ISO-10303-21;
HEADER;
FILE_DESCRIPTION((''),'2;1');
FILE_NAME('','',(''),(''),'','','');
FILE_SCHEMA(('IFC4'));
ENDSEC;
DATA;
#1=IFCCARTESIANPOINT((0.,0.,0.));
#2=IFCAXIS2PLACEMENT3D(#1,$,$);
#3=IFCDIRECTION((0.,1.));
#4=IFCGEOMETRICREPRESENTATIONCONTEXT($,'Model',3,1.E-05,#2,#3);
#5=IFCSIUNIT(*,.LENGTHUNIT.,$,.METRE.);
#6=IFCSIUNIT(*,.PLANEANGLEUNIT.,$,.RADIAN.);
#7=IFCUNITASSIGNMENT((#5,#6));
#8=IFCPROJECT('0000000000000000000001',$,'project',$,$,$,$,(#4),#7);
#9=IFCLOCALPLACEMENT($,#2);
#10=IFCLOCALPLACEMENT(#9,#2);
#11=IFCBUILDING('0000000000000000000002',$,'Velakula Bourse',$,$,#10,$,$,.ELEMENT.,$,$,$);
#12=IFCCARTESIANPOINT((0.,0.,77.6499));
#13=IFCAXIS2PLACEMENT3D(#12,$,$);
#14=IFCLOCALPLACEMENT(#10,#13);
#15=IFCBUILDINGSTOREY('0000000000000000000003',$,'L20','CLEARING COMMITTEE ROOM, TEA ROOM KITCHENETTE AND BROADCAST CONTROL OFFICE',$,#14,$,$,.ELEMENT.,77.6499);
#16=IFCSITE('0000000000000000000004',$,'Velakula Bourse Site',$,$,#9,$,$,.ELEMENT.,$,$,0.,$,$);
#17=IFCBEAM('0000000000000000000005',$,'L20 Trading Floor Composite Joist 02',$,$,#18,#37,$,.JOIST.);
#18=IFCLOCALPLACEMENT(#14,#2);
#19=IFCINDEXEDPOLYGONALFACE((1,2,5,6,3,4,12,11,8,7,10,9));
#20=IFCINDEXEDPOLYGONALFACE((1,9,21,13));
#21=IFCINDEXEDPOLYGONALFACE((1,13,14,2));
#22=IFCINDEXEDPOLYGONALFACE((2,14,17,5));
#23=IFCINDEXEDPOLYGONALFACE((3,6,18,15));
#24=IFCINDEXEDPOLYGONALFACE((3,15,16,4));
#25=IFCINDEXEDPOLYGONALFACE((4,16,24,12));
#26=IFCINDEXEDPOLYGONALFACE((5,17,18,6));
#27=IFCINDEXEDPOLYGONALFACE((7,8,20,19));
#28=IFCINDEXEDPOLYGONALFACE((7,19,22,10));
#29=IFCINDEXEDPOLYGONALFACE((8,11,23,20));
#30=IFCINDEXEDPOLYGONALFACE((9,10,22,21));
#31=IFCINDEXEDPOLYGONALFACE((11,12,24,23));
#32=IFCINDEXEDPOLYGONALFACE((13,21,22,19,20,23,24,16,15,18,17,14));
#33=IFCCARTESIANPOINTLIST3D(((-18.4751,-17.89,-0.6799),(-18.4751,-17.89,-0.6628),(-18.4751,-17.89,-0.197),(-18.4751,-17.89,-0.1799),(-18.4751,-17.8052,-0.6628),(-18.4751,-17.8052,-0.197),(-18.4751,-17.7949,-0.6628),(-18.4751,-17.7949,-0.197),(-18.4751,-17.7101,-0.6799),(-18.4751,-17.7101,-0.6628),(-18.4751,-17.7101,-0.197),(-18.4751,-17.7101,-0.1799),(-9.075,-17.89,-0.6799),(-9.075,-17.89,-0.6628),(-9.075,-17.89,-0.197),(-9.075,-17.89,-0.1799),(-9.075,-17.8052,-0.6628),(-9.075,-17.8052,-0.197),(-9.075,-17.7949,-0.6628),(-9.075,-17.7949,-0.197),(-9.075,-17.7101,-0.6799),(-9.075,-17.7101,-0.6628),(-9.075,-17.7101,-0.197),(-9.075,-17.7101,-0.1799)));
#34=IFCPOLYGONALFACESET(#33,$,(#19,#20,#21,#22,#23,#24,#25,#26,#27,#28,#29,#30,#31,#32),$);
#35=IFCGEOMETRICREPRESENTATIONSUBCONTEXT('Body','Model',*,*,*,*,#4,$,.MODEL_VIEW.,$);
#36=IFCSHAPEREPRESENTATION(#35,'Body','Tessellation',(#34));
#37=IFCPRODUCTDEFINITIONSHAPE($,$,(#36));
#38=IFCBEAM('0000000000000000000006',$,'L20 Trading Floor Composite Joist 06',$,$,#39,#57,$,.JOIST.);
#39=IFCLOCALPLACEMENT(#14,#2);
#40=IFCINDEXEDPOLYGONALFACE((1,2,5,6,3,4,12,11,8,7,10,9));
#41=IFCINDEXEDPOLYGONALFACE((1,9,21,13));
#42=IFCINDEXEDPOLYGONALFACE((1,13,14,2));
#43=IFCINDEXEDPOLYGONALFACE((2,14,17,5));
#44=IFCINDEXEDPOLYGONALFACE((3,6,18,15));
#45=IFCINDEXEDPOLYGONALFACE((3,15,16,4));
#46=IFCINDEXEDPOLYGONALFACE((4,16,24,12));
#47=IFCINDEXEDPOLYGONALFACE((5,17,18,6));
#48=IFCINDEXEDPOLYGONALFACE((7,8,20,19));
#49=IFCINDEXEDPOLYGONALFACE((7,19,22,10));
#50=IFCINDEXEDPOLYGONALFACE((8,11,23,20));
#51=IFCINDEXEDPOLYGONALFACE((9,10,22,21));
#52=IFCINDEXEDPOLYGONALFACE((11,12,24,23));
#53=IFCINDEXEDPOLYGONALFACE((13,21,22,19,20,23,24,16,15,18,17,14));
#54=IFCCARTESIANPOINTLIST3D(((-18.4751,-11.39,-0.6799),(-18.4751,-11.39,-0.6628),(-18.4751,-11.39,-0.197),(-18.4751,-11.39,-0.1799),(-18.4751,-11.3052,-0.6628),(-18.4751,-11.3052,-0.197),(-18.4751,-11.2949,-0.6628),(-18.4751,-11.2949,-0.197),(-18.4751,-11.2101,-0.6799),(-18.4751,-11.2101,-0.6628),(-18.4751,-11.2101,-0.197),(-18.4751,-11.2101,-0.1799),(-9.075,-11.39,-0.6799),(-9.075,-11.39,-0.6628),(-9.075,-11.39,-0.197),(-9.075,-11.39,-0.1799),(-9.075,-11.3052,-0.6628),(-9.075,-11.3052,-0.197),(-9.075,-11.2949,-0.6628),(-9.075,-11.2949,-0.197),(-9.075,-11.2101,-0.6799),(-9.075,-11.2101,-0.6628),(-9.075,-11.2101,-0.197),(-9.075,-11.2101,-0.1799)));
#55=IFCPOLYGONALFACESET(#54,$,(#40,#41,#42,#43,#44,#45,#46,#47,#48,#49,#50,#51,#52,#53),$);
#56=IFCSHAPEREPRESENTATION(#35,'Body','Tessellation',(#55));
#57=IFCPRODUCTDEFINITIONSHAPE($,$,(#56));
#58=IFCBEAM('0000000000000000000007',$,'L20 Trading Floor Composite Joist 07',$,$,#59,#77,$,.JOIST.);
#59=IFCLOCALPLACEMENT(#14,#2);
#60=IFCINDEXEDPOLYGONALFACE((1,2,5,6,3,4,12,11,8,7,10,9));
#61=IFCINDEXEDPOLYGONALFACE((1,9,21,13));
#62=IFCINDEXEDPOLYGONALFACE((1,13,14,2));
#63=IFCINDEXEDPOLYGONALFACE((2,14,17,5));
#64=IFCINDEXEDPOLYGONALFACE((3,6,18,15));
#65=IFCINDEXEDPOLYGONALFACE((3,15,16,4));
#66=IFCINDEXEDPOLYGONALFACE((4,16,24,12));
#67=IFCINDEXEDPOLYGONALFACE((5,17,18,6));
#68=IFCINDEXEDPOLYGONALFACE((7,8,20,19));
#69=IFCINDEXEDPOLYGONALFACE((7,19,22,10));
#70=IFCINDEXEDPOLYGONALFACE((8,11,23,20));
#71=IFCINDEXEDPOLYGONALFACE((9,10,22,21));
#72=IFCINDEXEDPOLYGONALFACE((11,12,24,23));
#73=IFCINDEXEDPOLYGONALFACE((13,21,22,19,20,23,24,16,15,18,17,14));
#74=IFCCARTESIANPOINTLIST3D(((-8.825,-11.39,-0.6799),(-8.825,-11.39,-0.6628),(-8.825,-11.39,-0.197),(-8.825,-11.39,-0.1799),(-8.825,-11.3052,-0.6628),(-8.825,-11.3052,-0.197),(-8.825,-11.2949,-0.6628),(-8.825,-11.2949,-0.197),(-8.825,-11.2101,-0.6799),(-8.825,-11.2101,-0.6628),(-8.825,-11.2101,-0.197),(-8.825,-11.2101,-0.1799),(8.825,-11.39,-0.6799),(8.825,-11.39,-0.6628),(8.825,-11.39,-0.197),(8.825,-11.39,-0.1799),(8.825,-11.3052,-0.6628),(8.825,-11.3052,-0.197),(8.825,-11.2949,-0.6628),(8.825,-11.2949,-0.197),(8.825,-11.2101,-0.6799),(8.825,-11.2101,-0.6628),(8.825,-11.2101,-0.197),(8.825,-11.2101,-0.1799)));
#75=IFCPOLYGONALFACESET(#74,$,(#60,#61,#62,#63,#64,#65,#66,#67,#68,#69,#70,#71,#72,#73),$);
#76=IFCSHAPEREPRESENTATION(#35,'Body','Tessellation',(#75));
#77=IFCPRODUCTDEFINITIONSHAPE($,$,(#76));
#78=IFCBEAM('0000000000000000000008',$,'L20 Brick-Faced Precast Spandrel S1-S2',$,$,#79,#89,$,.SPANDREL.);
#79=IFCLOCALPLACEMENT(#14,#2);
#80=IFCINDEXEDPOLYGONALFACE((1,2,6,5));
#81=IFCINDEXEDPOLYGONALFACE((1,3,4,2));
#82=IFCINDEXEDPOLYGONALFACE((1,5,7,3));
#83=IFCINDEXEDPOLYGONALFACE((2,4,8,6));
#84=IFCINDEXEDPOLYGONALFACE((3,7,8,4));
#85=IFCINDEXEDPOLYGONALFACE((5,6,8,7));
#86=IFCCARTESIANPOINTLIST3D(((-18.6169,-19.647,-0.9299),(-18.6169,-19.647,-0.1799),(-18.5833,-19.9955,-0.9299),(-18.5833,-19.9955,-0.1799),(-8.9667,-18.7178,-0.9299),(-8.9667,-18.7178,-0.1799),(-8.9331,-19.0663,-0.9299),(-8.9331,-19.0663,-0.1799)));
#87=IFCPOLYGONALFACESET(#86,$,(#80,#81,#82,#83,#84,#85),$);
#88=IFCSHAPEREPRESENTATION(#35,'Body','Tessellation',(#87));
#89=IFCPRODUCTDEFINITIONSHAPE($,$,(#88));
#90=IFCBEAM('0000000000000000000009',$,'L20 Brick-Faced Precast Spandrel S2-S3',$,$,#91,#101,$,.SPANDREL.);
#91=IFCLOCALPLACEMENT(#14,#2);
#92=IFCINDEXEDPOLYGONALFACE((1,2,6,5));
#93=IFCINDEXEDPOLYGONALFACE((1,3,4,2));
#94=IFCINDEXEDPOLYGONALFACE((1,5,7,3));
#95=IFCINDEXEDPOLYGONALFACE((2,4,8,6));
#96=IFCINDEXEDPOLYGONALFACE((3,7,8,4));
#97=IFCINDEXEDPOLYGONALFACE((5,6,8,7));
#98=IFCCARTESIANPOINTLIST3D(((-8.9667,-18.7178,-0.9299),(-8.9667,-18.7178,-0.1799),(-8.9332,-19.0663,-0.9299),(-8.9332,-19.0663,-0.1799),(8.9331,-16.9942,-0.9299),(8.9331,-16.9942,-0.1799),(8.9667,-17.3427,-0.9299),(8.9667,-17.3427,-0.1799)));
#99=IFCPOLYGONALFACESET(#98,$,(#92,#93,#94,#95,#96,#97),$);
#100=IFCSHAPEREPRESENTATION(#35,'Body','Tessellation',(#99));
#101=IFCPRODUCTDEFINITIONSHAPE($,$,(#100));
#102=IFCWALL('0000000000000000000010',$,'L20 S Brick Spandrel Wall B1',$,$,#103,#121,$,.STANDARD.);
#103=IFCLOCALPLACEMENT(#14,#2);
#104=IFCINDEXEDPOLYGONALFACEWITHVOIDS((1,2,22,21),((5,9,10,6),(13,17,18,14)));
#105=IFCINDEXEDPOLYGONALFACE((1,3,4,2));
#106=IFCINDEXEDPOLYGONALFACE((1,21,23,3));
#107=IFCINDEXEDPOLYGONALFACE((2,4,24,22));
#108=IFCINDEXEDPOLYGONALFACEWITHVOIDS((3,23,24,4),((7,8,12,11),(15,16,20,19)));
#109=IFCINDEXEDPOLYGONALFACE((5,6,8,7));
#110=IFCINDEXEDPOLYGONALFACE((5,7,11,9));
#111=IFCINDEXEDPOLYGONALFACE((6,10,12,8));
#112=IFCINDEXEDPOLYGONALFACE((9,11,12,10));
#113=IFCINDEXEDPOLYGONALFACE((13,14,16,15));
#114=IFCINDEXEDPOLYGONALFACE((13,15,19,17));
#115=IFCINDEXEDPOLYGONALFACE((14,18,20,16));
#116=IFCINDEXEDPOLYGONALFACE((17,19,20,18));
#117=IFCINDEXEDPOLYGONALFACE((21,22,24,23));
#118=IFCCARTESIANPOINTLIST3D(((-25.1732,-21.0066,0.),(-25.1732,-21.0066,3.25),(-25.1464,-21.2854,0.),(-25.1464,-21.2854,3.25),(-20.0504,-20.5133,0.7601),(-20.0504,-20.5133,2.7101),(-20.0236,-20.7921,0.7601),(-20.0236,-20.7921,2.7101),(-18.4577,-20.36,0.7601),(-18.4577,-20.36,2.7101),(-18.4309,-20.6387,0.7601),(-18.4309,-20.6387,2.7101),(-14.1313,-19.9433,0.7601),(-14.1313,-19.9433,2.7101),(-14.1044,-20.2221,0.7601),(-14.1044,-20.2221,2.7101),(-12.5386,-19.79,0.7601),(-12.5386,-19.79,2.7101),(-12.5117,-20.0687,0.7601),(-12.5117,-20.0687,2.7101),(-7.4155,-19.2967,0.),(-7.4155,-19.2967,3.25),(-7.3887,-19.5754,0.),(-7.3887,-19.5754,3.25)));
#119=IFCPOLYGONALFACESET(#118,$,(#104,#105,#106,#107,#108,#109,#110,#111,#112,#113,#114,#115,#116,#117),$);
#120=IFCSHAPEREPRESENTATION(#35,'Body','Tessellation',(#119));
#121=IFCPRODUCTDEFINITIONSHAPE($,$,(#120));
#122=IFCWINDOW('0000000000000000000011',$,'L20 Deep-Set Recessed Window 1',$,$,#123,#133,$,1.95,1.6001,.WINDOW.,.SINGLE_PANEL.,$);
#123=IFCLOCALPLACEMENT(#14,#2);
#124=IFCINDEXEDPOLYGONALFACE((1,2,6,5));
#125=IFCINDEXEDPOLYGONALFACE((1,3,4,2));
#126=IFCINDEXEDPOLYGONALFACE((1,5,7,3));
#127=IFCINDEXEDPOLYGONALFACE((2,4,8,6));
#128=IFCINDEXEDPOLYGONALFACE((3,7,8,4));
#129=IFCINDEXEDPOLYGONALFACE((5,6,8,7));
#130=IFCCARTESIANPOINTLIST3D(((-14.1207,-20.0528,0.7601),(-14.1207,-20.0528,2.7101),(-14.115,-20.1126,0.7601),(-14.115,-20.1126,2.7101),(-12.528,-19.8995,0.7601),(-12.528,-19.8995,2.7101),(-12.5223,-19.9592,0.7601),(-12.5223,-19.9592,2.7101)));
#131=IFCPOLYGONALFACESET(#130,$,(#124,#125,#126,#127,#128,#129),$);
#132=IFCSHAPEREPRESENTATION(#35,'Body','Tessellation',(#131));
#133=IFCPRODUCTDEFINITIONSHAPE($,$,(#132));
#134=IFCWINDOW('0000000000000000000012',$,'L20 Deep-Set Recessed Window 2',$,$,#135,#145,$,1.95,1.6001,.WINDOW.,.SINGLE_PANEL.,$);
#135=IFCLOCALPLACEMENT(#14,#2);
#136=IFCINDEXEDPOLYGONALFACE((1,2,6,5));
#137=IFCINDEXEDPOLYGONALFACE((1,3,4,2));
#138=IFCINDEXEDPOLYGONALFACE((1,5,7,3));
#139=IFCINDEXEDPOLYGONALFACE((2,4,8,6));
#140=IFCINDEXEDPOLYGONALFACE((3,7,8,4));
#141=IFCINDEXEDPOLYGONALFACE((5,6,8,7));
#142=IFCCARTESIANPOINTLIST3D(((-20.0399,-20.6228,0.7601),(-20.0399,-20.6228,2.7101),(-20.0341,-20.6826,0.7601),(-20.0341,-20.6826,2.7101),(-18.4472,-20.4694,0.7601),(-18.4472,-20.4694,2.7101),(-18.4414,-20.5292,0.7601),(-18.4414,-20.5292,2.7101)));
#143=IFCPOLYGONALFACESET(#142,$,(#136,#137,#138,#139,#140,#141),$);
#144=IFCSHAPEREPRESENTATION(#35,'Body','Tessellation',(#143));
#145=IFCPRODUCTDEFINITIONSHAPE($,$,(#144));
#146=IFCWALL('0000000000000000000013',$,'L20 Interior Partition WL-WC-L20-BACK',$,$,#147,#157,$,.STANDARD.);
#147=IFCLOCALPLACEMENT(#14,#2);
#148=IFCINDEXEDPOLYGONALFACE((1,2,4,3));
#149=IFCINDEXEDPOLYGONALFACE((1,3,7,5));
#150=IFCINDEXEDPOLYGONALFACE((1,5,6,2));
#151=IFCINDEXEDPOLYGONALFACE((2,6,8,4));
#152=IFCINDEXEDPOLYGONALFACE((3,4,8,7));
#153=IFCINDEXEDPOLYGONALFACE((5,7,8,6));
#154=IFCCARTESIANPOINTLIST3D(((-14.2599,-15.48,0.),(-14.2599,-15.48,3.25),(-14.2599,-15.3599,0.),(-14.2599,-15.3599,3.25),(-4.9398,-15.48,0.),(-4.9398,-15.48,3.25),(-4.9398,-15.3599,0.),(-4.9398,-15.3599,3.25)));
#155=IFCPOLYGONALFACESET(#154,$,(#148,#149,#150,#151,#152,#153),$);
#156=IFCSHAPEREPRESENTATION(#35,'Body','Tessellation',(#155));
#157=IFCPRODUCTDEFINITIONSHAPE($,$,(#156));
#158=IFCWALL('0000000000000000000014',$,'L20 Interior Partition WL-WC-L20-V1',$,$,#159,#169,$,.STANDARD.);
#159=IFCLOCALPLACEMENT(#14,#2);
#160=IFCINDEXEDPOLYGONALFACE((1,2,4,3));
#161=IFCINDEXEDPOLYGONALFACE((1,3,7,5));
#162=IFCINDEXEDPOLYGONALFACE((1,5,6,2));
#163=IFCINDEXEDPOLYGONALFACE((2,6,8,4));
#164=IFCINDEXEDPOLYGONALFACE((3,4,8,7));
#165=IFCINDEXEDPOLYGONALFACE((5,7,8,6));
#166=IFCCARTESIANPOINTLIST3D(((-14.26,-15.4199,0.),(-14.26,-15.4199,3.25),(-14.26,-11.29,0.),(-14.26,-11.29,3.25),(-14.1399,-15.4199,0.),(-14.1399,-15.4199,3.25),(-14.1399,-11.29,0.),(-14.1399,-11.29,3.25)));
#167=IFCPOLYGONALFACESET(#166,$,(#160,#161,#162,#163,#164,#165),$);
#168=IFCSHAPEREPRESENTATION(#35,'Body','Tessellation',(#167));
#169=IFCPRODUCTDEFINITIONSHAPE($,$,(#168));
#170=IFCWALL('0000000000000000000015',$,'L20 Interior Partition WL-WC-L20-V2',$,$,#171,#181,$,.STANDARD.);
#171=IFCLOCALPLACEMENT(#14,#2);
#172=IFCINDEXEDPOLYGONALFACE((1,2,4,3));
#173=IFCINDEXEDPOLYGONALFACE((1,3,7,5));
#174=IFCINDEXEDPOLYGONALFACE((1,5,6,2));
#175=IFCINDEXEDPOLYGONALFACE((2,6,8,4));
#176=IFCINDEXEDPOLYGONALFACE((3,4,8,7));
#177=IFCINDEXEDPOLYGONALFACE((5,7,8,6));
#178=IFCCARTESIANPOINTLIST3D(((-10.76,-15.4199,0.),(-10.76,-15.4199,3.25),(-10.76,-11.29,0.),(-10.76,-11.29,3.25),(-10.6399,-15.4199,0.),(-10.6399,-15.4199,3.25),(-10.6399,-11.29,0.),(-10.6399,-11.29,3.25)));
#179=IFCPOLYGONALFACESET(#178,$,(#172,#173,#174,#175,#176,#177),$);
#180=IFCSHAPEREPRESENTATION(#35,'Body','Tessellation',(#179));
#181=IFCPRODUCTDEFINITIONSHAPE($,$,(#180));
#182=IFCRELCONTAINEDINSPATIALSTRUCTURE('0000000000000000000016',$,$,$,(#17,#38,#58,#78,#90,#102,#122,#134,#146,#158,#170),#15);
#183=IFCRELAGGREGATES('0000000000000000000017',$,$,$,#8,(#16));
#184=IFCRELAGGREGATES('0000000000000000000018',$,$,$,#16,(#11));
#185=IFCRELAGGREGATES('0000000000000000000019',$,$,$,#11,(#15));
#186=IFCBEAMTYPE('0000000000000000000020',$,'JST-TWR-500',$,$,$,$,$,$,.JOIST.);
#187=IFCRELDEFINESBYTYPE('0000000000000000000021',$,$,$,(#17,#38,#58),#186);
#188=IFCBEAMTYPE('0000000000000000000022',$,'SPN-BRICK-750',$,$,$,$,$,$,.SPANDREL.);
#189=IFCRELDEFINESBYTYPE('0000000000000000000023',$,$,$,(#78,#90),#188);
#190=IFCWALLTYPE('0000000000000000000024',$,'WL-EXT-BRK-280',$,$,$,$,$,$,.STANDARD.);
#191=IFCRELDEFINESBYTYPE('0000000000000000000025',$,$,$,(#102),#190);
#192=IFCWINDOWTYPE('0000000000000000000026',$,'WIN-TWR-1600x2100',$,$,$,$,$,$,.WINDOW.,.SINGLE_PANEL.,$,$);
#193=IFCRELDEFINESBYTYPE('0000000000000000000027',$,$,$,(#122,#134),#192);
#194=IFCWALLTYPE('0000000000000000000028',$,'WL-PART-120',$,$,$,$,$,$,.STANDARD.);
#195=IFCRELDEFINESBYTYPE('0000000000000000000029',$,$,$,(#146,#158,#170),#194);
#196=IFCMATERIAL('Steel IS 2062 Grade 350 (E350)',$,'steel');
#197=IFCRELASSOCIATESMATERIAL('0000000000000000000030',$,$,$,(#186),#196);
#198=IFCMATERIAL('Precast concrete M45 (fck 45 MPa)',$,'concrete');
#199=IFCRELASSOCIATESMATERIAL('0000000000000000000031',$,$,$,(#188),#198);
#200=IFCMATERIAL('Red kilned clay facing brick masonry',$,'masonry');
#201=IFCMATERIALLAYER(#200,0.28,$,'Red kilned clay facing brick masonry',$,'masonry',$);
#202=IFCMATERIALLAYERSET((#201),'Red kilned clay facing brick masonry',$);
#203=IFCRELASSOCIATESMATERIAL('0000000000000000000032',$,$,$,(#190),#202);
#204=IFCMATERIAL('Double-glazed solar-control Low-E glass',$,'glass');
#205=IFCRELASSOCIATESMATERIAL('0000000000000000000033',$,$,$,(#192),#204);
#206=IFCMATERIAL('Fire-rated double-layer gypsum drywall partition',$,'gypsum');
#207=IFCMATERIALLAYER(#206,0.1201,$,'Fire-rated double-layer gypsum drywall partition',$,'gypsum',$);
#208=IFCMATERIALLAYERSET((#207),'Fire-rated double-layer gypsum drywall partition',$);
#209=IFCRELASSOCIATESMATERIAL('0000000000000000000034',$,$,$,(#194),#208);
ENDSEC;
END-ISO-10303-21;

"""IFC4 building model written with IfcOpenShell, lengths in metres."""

from ifc_helpers import new_model, si_unit, direction, frame, frame_2d, origin, origin_2d, place, context, subcontext, project, spatial, rectangle, i_section, extrude, material, layer, layer_set, material_profile, profile_set, type_object, element, fill, save


model = new_model("IFC4")

# Units and contexts
model_context = context("Model", 3, precision=1e-05, world=origin(), true_north=direction((0.0, 1.0)))
body_context = subcontext(model_context, "Body", "Model", "MODEL_VIEW")
ifc_project = project(units=[si_unit("LENGTHUNIT", "METRE"), si_unit("PLANEANGLEUNIT", "RADIAN")], contexts=[model_context])

# Site, building, storey
site_placement = place(None, origin())
site = spatial("IfcSite", under=ifc_project, at=site_placement, Name="Velakula Bourse Site", CompositionType="ELEMENT", RefElevation=0.0)
building_placement = place(site_placement, origin())
building = spatial("IfcBuilding", under=site, at=building_placement, Name="Velakula Bourse", CompositionType="ELEMENT")
storey_placement = place(building_placement, frame((0.0, 0.0, 77.6499)))
storey = spatial("IfcBuildingStorey", under=building, at=storey_placement, Name="L20", Description="CLEARING COMMITTEE ROOM, TEA ROOM KITCHENETTE AND BROADCAST CONTROL OFFICE", CompositionType="ELEMENT", Elevation=77.6499)

# Beams
ifc_material_1 = material(Name="Steel IS 2062 Grade 350 (E350)", Category="steel")
ifc_material_profile_1 = material_profile(ifc_material_1, i_section(OverallWidth=0.1799, OverallDepth=0.5, WebThickness=0.0103, FlangeThickness=0.0171, at=origin_2d()), Name="Steel IS 2062 Grade 350 (E350)")
ifc_profile_set_1 = profile_set([ifc_material_profile_1], Name="Steel IS 2062 Grade 350 (E350)")
beam_type_1 = type_object("IfcBeamType", Name="JST-TWR-500", PredefinedType="JOIST", material=ifc_profile_set_1)
for number, where, z_axis, x_axis, name in (
    (1, (-18.4751, -17.8, -0.4299), (1.0, 0.0, 0.0), (0.0, 1.0, 0.0), "L20 Trading Floor Composite Joist 02"),
    (2, (-18.4751, -11.3, -0.4299), (1.0, 0.0, 0.0), (0.0, 1.0, 0.0), "L20 Trading Floor Composite Joist 06"),
):
    element("IfcBeam", number, at=place(storey_placement, frame(where, z_axis=z_axis, x_axis=x_axis)), inside=storey, type_object=beam_type_1, Name=name, PredefinedType="JOIST", context=body_context, shape_type="SweptSolid", body=[
        extrude(i_section(OverallWidth=0.1799, OverallDepth=0.5, WebThickness=0.0103, FlangeThickness=0.0171, at=origin_2d()), origin(), (0.0, 0.0, 1.0), 9.4001),
    ])
beam_1_placement = place(storey_placement, frame((-8.825, -11.3, -0.4299), z_axis=(1.0, 0.0, 0.0), x_axis=(0.0, 1.0, 0.0)))
element("IfcBeam", 3, at=beam_1_placement, inside=storey, type_object=beam_type_1, Name="L20 Trading Floor Composite Joist 07", PredefinedType="JOIST", context=body_context, shape_type="SweptSolid", body=[
    extrude(i_section(OverallWidth=0.1799, OverallDepth=0.5, WebThickness=0.0103, FlangeThickness=0.0171, at=origin_2d()), origin(), (0.0, 0.0, 1.0), 17.6499),
])
ifc_material_2 = material(Name="Precast concrete M45 (fck 45 MPa)", Category="concrete")
ifc_material_profile_2 = material_profile(ifc_material_2, rectangle(XDim=0.3501, YDim=0.75, at=origin_2d()), Name="Precast concrete M45 (fck 45 MPa)")
ifc_profile_set_2 = profile_set([ifc_material_profile_2], Name="Precast concrete M45 (fck 45 MPa)")
beam_type_2 = type_object("IfcBeamType", Name="SPN-BRICK-750", PredefinedType="SPANDREL", material=ifc_profile_set_2)
beam_2_placement = place(storey_placement, frame((-18.6001, -19.8213, -0.5549), z_axis=(0.995396, 0.095845, 0.0), x_axis=(-0.095845, 0.995396, 0.0)))
element("IfcBeam", 4, at=beam_2_placement, inside=storey, type_object=beam_type_2, Name="L20 Brick-Faced Precast Spandrel S1-S2", PredefinedType="SPANDREL", context=body_context, shape_type="SweptSolid", body=[
    extrude(rectangle(XDim=0.3501, YDim=0.75, at=origin_2d()), origin(), (0.0, 0.0, 1.0), 9.6948),
])
beam_3_placement = place(storey_placement, frame((-8.95, -18.8921, -0.5549), z_axis=(0.995396, 0.09585, 0.0), x_axis=(-0.09585, 0.995396, 0.0)))
element("IfcBeam", 5, at=beam_3_placement, inside=storey, type_object=beam_type_2, Name="L20 Brick-Faced Precast Spandrel S2-S3", PredefinedType="SPANDREL", context=body_context, shape_type="SweptSolid", body=[
    extrude(rectangle(XDim=0.3501, YDim=0.75, at=origin_2d()), origin(), (0.0, 0.0, 1.0), 17.9827),
])

# Wall, openings, windows
ifc_material_3 = material(Name="Red kilned clay facing brick masonry", Category="masonry")
ifc_layer_1 = layer(ifc_material_3, 0.28, Name="Red kilned clay facing brick masonry", Category="masonry")
ifc_layer_set_1 = layer_set([ifc_layer_1], Name="Red kilned clay facing brick masonry")
wall_type_1 = type_object("IfcWallType", Name="WL-EXT-BRK-280", PredefinedType="STANDARD", material=ifc_layer_set_1)
wall_1_placement = place(storey_placement, frame((-7.4021, -19.436, 0.0), z_axis=(0.0, 0.0, 1.0), x_axis=(-0.995396, -0.09585, 0.0)))
wall_1 = element("IfcWall", 6, at=wall_1_placement, inside=storey, type_object=wall_type_1, Name="L20 S Brick Spandrel Wall B1", PredefinedType="STANDARD", context=body_context, shape_type="SweptSolid", body=[
    extrude(rectangle(XDim=17.8398, YDim=0.28, at=frame_2d((8.9199, 0.0))), origin(), (0.0, 0.0, 1.0), 3.25),
])
opening_1_placement = place(wall_1_placement, frame((5.1467, 0.0, 0.76)))
opening_1 = element("IfcOpeningElement", 7, at=opening_1_placement, cuts=wall_1, PredefinedType="OPENING", context=body_context, shape_type="SweptSolid", body=[
    extrude(rectangle(XDim=1.6001, YDim=1.95, at=frame_2d((0.8, 0.9751))), frame((0.0, 0.1499, 0.0), z_axis=(0.0, -1.0, 0.0), x_axis=(1.0, 0.0, 0.0)), (0.0, 0.0, 1.0), 0.3),
])
opening_2_placement = place(wall_1_placement, frame((11.0933, 0.0, 0.76)))
opening_2 = element("IfcOpeningElement", 8, at=opening_2_placement, cuts=wall_1, PredefinedType="OPENING", context=body_context, shape_type="SweptSolid", body=[
    extrude(rectangle(XDim=1.6001, YDim=1.95, at=frame_2d((0.8, 0.9751))), frame((0.0, 0.1499, 0.0), z_axis=(0.0, -1.0, 0.0), x_axis=(1.0, 0.0, 0.0)), (0.0, 0.0, 1.0), 0.3),
])
ifc_material_4 = material(Name="Double-glazed solar-control Low-E glass", Category="glass")
window_type = type_object("IfcWindowType", Name="WIN-TWR-1600x2100", PartitioningType="SINGLE_PANEL", PredefinedType="WINDOW", material=ifc_material_4)
window_1_placement = place(opening_1_placement, origin())
window_1 = element("IfcWindow", 9, at=window_1_placement, inside=storey, type_object=window_type, Name="L20 Deep-Set Recessed Window 1", OverallHeight=1.95, OverallWidth=1.6001, PartitioningType="SINGLE_PANEL", PredefinedType="WINDOW", context=body_context, shape_type="SweptSolid", body=[
    extrude(rectangle(XDim=1.6001, YDim=1.95, at=frame_2d((0.8, 0.9751))), frame((0.0, 0.03, 0.0), z_axis=(0.0, -1.0, 0.0), x_axis=(1.0, 0.0, 0.0)), (0.0, 0.0, 1.0), 0.0601),
])
fill(opening_1, window_1)
window_2_placement = place(opening_2_placement, origin())
window_2 = element("IfcWindow", 10, at=window_2_placement, inside=storey, type_object=window_type, Name="L20 Deep-Set Recessed Window 2", OverallHeight=1.95, OverallWidth=1.6001, PartitioningType="SINGLE_PANEL", PredefinedType="WINDOW", context=body_context, shape_type="SweptSolid", body=[
    extrude(rectangle(XDim=1.6001, YDim=1.95, at=frame_2d((0.8, 0.9751))), frame((0.0, 0.03, 0.0), z_axis=(0.0, -1.0, 0.0), x_axis=(1.0, 0.0, 0.0)), (0.0, 0.0, 1.0), 0.0601),
])
fill(opening_2, window_2)

# Walls
ifc_material_5 = material(Name="Fire-rated double-layer gypsum drywall partition", Category="gypsum")
ifc_layer_2 = layer(ifc_material_5, 0.1201, Name="Fire-rated double-layer gypsum drywall partition", Category="gypsum")
ifc_layer_set_2 = layer_set([ifc_layer_2], Name="Fire-rated double-layer gypsum drywall partition")
wall_type_2 = type_object("IfcWallType", Name="WL-PART-120", PredefinedType="STANDARD", material=ifc_layer_set_2)
wall_2_placement = place(storey_placement, frame((-14.26, -15.4199, 0.0), z_axis=(0.0, 0.0, 1.0), x_axis=(1.0, 0.0, 0.0)))
element("IfcWall", 11, at=wall_2_placement, inside=storey, type_object=wall_type_2, Name="L20 Interior Partition WL-WC-L20-BACK", PredefinedType="STANDARD", context=body_context, shape_type="SweptSolid", body=[
    extrude(rectangle(XDim=9.3201, YDim=0.1201, at=frame_2d((4.6602, 0.0))), origin(), (0.0, 0.0, 1.0), 3.25),
])
for number, where, z_axis, x_axis, name in (
    (12, (-14.2, -15.4199, 0.0), (0.0, 0.0, 1.0), (0.0, 1.0, 0.0), "L20 Interior Partition WL-WC-L20-V1"),
    (13, (-10.7, -15.4199, 0.0), (0.0, 0.0, 1.0), (0.0, 1.0, 0.0), "L20 Interior Partition WL-WC-L20-V2"),
):
    element("IfcWall", number, at=place(storey_placement, frame(where, z_axis=z_axis, x_axis=x_axis)), inside=storey, type_object=wall_type_2, Name=name, PredefinedType="STANDARD", context=body_context, shape_type="SweptSolid", body=[
        extrude(rectangle(XDim=4.1299, YDim=0.1201, at=frame_2d((2.0649, 0.0))), origin(), (0.0, 0.0, 1.0), 3.25),
    ])

save(model, "model.ifc")
